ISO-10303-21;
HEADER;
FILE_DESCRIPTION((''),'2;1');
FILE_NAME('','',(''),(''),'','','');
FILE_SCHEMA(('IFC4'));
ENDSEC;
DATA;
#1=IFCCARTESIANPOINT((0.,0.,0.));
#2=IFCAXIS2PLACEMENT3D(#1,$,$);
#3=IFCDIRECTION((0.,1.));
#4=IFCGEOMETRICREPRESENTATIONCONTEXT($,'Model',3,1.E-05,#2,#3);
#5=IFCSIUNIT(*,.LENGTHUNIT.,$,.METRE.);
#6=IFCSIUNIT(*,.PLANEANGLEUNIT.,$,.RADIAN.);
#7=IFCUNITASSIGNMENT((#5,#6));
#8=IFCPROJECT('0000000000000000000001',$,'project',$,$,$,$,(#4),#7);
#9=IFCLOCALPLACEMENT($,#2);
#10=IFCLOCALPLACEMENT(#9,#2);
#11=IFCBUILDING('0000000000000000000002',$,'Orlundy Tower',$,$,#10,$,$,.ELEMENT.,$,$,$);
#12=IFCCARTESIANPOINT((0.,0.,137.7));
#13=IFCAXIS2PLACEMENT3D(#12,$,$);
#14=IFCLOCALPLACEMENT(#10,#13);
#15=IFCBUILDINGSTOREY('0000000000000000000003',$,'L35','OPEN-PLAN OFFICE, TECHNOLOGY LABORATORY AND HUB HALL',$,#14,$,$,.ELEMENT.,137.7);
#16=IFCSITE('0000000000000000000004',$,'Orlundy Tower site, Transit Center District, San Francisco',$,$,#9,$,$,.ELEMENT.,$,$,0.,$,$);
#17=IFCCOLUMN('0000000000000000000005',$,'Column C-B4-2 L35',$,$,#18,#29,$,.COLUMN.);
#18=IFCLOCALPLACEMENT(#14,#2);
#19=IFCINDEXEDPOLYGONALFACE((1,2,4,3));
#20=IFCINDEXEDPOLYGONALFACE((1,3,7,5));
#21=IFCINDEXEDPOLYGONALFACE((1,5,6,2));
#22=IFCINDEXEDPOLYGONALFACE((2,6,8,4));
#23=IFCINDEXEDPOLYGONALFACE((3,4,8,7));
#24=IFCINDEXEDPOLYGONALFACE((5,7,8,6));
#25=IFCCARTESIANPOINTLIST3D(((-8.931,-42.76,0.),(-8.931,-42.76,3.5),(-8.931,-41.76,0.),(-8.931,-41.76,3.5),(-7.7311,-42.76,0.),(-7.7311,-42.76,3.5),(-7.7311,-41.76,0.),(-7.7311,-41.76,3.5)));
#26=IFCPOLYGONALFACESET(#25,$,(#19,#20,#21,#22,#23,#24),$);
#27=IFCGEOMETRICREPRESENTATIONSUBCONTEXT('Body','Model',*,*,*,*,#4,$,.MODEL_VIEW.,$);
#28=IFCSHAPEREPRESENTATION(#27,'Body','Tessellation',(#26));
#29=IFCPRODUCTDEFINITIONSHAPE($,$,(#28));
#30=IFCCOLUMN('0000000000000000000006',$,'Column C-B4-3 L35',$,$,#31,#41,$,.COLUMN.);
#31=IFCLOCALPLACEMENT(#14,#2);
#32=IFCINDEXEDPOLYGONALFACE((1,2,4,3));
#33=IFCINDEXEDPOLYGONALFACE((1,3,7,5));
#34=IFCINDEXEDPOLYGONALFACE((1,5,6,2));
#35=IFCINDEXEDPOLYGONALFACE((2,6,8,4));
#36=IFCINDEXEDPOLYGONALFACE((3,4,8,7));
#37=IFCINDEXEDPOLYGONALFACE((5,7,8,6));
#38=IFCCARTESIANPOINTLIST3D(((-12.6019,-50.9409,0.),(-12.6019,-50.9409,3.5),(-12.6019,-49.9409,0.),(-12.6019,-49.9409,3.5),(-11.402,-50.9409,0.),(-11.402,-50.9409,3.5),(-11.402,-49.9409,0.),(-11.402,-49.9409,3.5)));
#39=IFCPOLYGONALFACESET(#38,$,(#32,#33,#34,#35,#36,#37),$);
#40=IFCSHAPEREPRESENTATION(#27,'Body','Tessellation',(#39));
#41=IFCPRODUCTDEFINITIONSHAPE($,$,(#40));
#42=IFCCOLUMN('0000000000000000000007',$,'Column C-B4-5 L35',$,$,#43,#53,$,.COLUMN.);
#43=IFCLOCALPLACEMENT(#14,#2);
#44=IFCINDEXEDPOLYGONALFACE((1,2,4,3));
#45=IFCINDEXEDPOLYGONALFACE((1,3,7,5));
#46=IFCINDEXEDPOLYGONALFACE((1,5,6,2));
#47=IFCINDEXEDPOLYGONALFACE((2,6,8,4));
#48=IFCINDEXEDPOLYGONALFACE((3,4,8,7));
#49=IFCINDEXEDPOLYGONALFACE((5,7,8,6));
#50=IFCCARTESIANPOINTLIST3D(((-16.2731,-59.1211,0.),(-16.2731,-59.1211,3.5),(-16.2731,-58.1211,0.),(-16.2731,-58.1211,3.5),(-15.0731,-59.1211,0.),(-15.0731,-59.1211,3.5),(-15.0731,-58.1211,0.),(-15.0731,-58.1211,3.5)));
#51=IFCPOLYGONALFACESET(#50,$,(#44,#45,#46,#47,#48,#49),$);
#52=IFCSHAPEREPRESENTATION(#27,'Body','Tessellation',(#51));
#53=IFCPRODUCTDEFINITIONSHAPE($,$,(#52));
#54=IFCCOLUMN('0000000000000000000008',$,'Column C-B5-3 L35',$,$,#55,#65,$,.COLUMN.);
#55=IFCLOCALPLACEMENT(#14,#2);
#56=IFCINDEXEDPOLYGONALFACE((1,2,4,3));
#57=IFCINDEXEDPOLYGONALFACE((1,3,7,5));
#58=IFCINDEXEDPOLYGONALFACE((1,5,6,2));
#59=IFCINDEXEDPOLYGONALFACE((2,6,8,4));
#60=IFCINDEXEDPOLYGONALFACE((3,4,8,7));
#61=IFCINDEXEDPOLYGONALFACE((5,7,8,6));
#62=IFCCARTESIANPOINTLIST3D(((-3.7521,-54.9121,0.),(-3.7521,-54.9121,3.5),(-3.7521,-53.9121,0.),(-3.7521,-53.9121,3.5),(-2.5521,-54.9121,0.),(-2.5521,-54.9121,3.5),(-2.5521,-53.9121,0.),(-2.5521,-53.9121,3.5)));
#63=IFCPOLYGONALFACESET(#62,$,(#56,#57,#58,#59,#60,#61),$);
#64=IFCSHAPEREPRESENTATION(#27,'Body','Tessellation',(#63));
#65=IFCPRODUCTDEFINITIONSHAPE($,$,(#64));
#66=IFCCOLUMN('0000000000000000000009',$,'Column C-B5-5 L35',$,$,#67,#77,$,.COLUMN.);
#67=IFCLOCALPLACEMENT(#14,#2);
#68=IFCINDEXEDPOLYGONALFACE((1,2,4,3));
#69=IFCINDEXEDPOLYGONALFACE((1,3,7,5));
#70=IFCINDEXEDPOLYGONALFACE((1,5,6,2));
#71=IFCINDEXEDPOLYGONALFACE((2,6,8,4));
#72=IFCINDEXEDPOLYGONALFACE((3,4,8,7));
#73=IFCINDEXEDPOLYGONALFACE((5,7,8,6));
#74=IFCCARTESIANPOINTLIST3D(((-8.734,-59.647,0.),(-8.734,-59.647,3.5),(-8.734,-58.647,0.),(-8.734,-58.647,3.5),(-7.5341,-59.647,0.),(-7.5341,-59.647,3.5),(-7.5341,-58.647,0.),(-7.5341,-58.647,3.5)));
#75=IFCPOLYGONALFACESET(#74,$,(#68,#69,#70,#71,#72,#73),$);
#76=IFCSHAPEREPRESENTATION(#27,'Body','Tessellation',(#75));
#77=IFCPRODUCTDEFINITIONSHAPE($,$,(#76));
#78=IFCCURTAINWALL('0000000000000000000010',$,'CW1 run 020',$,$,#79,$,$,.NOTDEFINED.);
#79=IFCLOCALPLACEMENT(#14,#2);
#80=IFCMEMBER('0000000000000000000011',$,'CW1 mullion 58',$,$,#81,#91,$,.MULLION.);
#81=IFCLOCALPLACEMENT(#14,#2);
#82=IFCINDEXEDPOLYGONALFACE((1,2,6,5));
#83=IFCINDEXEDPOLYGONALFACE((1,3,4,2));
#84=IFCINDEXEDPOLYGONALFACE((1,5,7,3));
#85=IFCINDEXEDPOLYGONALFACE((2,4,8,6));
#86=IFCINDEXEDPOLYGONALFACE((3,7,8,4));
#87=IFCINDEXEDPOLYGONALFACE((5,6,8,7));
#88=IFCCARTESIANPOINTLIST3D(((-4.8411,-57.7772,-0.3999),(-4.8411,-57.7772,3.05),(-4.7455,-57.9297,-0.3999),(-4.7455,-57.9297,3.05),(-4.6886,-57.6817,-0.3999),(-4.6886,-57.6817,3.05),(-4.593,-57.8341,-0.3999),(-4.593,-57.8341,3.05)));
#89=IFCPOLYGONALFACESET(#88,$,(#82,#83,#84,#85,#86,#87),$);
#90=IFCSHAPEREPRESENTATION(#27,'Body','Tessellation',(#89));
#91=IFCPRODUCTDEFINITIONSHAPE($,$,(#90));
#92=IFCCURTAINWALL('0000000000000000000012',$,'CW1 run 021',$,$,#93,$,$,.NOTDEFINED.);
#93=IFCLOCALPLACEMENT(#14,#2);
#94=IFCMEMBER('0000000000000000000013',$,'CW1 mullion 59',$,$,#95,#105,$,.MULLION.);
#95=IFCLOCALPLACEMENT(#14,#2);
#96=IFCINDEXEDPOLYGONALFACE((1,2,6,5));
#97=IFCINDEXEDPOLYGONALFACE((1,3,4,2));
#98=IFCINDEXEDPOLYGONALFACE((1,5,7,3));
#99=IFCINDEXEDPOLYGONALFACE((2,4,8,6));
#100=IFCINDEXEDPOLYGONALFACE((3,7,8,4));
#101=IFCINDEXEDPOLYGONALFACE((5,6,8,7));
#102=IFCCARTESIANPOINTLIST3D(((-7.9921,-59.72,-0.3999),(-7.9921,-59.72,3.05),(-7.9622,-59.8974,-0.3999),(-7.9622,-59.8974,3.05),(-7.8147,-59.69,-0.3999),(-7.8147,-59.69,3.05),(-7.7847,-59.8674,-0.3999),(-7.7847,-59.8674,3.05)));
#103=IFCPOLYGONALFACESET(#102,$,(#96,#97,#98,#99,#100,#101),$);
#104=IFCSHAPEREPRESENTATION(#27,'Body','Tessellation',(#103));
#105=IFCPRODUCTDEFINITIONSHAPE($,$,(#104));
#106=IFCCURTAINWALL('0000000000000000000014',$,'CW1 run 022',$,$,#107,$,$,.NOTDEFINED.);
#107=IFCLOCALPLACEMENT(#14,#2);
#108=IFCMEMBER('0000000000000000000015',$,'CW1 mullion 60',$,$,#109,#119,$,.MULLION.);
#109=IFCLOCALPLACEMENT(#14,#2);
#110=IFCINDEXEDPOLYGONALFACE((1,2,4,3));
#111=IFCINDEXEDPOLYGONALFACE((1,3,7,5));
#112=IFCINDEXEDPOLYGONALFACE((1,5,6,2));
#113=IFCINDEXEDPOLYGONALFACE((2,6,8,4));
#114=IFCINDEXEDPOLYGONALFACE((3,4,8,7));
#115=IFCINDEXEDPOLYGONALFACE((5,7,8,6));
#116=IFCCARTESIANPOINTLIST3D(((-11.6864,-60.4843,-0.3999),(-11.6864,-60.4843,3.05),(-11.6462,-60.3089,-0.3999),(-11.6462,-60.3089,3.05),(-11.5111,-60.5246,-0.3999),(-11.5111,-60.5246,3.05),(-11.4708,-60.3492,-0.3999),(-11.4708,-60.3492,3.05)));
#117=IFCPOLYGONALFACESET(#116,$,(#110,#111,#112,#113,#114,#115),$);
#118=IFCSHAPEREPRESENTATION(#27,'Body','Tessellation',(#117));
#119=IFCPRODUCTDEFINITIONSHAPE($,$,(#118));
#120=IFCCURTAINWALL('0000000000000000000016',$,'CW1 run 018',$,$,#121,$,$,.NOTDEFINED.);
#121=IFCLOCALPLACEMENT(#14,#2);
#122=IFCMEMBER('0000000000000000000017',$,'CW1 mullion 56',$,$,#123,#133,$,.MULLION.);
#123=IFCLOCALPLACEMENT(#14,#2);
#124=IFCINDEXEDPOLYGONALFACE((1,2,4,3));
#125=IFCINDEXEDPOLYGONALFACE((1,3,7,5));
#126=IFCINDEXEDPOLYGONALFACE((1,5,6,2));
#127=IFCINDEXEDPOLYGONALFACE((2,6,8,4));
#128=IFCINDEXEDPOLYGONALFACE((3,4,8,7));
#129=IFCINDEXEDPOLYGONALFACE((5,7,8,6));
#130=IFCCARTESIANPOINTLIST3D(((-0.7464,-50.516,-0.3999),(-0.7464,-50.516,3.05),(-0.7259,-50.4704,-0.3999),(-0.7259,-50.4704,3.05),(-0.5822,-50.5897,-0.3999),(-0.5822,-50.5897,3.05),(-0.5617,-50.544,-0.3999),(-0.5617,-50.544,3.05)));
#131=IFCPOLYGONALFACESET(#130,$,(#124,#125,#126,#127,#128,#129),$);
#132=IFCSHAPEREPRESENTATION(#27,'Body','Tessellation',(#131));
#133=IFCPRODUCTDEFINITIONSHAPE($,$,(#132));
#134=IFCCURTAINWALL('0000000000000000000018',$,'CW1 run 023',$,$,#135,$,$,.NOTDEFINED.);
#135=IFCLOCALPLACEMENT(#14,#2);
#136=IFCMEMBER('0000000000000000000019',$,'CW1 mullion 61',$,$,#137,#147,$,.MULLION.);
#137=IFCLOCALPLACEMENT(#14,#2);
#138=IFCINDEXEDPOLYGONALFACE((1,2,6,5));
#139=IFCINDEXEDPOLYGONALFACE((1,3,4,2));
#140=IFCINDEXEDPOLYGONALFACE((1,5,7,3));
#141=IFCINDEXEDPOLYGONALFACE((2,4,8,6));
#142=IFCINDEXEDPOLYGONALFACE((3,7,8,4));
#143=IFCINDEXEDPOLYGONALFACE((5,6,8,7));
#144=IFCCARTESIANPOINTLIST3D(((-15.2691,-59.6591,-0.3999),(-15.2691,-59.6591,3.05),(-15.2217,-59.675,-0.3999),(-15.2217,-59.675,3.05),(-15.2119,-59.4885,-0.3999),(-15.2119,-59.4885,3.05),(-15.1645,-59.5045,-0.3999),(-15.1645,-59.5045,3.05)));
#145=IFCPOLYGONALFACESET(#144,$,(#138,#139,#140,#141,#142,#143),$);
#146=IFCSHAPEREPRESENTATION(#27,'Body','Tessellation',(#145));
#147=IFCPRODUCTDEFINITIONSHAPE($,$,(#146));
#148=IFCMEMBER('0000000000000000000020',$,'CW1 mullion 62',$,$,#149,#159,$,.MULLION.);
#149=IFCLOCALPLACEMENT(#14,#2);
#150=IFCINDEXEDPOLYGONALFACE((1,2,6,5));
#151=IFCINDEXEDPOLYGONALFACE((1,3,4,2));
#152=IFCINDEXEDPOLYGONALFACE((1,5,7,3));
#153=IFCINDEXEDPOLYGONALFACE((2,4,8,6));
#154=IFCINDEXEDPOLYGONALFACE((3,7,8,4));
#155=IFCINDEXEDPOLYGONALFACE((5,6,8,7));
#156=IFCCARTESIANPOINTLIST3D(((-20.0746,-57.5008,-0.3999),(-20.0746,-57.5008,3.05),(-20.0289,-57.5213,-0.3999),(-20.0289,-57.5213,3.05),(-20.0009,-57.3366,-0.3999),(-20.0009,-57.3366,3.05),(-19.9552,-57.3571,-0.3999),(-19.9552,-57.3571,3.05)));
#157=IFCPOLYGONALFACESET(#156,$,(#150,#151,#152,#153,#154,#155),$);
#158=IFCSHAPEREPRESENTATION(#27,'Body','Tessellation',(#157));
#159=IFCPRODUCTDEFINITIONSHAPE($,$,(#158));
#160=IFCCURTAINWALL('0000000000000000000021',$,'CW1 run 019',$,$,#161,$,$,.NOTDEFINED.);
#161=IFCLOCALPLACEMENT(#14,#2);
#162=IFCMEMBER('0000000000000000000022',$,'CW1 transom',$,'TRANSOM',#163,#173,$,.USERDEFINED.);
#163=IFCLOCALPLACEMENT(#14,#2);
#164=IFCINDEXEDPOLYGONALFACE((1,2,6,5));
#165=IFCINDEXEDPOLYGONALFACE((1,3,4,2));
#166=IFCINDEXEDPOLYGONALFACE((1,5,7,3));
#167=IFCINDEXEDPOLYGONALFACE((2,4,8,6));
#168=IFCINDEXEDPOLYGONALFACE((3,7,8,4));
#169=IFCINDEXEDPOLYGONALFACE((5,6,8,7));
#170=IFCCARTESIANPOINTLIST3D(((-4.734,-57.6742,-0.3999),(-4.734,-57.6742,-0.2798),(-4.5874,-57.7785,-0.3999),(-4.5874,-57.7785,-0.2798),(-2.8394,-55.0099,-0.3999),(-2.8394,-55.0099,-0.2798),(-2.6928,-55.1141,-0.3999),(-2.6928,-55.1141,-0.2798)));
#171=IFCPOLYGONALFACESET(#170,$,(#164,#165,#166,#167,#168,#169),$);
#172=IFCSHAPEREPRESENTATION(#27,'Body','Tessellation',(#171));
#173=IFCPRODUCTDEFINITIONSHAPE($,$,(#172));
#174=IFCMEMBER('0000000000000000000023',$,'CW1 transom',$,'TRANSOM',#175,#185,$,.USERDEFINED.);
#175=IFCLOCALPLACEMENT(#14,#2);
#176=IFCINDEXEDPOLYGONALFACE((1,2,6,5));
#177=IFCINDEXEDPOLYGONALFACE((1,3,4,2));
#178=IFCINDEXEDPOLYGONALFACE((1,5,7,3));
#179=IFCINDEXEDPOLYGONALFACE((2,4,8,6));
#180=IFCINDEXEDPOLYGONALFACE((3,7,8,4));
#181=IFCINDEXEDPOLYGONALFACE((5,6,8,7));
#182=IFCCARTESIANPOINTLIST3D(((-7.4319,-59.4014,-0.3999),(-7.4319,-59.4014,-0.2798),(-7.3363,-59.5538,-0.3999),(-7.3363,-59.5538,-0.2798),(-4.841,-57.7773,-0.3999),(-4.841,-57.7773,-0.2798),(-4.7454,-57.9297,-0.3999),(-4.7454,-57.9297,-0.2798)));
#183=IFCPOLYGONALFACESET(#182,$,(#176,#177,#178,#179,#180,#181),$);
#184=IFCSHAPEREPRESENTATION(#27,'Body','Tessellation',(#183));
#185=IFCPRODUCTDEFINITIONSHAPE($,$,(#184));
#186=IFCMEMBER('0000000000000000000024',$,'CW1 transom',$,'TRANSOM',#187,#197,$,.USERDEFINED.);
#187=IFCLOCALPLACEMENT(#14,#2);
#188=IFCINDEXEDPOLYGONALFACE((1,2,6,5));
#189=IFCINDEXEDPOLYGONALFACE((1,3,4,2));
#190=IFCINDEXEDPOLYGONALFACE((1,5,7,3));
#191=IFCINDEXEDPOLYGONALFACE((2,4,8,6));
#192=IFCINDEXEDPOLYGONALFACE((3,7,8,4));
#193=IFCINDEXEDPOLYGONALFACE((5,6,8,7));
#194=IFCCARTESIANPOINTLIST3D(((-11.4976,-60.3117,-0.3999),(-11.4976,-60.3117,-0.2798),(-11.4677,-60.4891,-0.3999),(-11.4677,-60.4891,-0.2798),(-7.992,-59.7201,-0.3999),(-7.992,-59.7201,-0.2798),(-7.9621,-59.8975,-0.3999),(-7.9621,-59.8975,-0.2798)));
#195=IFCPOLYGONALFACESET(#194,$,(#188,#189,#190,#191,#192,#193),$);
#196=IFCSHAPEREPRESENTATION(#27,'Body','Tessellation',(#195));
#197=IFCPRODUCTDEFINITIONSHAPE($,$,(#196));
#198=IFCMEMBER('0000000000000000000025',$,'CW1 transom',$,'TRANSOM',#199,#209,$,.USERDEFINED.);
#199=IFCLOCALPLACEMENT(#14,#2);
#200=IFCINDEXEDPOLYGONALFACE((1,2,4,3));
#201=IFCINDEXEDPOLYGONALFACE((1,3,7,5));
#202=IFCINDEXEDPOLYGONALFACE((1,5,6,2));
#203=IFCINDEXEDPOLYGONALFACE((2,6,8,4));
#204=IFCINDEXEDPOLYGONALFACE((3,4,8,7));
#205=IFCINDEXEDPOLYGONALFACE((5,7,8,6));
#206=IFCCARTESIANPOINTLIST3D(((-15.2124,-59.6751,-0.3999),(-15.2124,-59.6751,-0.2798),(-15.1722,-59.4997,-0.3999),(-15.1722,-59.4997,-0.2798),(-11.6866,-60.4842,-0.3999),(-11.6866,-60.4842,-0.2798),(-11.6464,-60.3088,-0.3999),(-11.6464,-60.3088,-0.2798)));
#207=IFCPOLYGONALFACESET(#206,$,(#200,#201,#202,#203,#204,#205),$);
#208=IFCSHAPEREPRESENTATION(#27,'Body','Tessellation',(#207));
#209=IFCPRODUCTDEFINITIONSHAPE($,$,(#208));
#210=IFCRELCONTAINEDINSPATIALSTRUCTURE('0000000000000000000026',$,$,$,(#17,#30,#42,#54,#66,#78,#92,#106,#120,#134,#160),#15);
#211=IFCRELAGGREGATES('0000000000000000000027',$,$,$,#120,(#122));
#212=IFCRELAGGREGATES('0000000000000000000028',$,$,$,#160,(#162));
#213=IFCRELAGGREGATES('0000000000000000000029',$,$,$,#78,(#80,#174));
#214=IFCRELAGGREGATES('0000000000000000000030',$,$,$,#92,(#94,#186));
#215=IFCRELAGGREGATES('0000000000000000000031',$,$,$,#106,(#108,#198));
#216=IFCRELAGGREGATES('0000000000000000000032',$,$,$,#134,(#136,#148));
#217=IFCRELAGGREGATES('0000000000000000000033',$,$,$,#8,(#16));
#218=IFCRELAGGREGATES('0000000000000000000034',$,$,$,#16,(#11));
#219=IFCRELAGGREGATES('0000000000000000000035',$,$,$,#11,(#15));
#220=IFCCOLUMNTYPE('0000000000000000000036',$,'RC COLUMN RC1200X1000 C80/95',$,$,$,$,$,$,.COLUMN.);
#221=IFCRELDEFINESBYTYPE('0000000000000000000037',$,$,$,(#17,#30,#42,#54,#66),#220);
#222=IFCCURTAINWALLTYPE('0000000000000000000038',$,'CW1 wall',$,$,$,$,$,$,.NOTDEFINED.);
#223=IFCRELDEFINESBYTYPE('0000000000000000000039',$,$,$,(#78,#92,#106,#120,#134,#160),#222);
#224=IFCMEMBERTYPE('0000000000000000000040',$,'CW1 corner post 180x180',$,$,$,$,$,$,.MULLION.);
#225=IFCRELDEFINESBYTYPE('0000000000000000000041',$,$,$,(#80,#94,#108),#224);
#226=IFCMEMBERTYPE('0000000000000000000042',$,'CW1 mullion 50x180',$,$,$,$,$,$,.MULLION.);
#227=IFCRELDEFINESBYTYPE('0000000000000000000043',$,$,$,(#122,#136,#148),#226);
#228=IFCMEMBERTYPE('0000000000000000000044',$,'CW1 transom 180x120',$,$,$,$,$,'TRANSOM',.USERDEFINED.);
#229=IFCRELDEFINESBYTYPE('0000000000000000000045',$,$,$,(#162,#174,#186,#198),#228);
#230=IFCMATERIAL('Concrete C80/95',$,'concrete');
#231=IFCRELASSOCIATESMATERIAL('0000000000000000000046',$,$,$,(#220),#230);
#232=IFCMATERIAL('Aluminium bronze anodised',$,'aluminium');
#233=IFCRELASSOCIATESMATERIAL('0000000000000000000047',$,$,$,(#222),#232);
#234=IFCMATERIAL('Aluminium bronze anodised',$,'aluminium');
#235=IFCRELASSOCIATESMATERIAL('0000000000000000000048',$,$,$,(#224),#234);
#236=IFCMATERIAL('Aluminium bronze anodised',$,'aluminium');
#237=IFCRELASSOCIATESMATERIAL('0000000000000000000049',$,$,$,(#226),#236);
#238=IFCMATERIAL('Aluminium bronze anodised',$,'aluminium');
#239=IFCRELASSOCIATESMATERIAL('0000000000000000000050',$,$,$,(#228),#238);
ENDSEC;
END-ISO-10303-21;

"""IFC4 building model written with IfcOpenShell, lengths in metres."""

from ifc_helpers import new_model, si_unit, direction, frame, origin, origin_2d, place, context, subcontext, project, spatial, rectangle, extrude, material, material_profile, profile_set, type_object, element, aggregate, save


model = new_model("IFC4")

# Units and contexts
model_context = context("Model", 3, precision=1e-05, world=origin(), true_north=direction((0.0, 1.0)))
body_context = subcontext(model_context, "Body", "Model", "MODEL_VIEW")
ifc_project = project(units=[si_unit("LENGTHUNIT", "METRE"), si_unit("PLANEANGLEUNIT", "RADIAN")], contexts=[model_context])

# Site, building, storey
site_placement = place(None, origin())
site = spatial("IfcSite", under=ifc_project, at=site_placement, Name="Orlundy Tower site, Transit Center District, San Francisco", CompositionType="ELEMENT", RefElevation=0.0)
building_placement = place(site_placement, origin())
building = spatial("IfcBuilding", under=site, at=building_placement, Name="Orlundy Tower", CompositionType="ELEMENT")
storey_placement = place(building_placement, frame((0.0, 0.0, 137.7)))
storey = spatial("IfcBuildingStorey", under=building, at=storey_placement, Name="L35", Description="OPEN-PLAN OFFICE, TECHNOLOGY LABORATORY AND HUB HALL", CompositionType="ELEMENT", Elevation=137.7)

# Columns
ifc_material_1 = material(Name="Concrete C80/95", Category="concrete")
ifc_material_profile_1 = material_profile(ifc_material_1, rectangle(XDim=1.2, YDim=1.0, at=origin_2d()), Name="RC1200X1000")
ifc_profile_set_1 = profile_set([ifc_material_profile_1], Name="Concrete C80/95")
column_type = type_object("IfcColumnType", Name="RC COLUMN RC1200X1000 C80/95", PredefinedType="COLUMN", material=ifc_profile_set_1)
for number, where, z_axis, x_axis, name in (
    (1, (-8.3311, -42.26, 0.0), (0.0, 0.0, 1.0), (1.0, 0.0, 0.0), "Column C-B4-2 L35"),
    (2, (-12.002, -50.4409, 0.0), (0.0, 0.0, 1.0), (1.0, 0.0, 0.0), "Column C-B4-3 L35"),
    (3, (-15.6731, -58.6211, 0.0), (0.0, 0.0, 1.0), (1.0, 0.0, 0.0), "Column C-B4-5 L35"),
    (4, (-3.1521, -54.4121, 0.0), (0.0, 0.0, 1.0), (1.0, 0.0, 0.0), "Column C-B5-3 L35"),
    (5, (-8.134, -59.147, 0.0), (0.0, 0.0, 1.0), (1.0, 0.0, 0.0), "Column C-B5-5 L35"),
):
    element("IfcColumn", number, at=place(storey_placement, frame(where, z_axis=z_axis, x_axis=x_axis)), inside=storey, type_object=column_type, Name=name, PredefinedType="COLUMN", context=body_context, shape_type="SweptSolid", body=[
        extrude(rectangle(XDim=1.2, YDim=1.0, at=origin_2d()), origin(), (0.0, 0.0, 1.0), 3.5),
    ])

# Curtain walls, members
ifc_material_2 = material(Name="Aluminium bronze anodised", Category="aluminium")
curtain_wall_type = type_object("IfcCurtainWallType", Name="CW1 wall", PredefinedType="NOTDEFINED", material=ifc_material_2)
curtain_wall_1_placement = place(storey_placement, origin())
curtain_wall_1 = element("IfcCurtainWall", 6, at=curtain_wall_1_placement, inside=storey, type_object=curtain_wall_type, Name="CW1 run 020", PredefinedType="NOTDEFINED")
ifc_material_3 = material(Name="Aluminium bronze anodised", Category="aluminium")
ifc_material_profile_2 = material_profile(ifc_material_3, rectangle(XDim=0.1799, YDim=0.1799, at=origin_2d()), Name="CW1 corner post 180x180")
ifc_profile_set_2 = profile_set([ifc_material_profile_2], Name="Aluminium bronze anodised")
member_type_1 = type_object("IfcMemberType", Name="CW1 corner post 180x180", PredefinedType="MULLION", material=ifc_profile_set_2)
member_1_placement = place(storey_placement, frame((-4.717, -57.8057, -0.3999), z_axis=(0.0, 0.0, 1.0), x_axis=(0.531138, -0.847285, 0.0)))
member_1 = element("IfcMember", 7, at=member_1_placement, type_object=member_type_1, Name="CW1 mullion 58", PredefinedType="MULLION", context=body_context, shape_type="SweptSolid", body=[
    extrude(rectangle(XDim=0.1799, YDim=0.1799, at=origin_2d()), origin(), (0.0, 0.0, 1.0), 3.45),
])
curtain_wall_2_placement = place(storey_placement, origin())
curtain_wall_2 = element("IfcCurtainWall", 8, at=curtain_wall_2_placement, inside=storey, type_object=curtain_wall_type, Name="CW1 run 021", PredefinedType="NOTDEFINED")
member_2_placement = place(storey_placement, frame((-7.8884, -59.7937, -0.3999), z_axis=(0.0, 0.0, 1.0), x_axis=(0.166455, -0.986049, 0.0)))
member_2 = element("IfcMember", 9, at=member_2_placement, type_object=member_type_1, Name="CW1 mullion 59", PredefinedType="MULLION", context=body_context, shape_type="SweptSolid", body=[
    extrude(rectangle(XDim=0.1799, YDim=0.1799, at=origin_2d()), origin(), (0.0, 0.0, 1.0), 3.45),
])
curtain_wall_3_placement = place(storey_placement, origin())
curtain_wall_3 = element("IfcCurtainWall", 10, at=curtain_wall_3_placement, inside=storey, type_object=curtain_wall_type, Name="CW1 run 022", PredefinedType="NOTDEFINED")
member_3_placement = place(storey_placement, frame((-11.5786, -60.4167, -0.3999), z_axis=(0.0, 0.0, 1.0), x_axis=(-0.223697, -0.974659, 0.0)))
member_3 = element("IfcMember", 11, at=member_3_placement, type_object=member_type_1, Name="CW1 mullion 60", PredefinedType="MULLION", context=body_context, shape_type="SweptSolid", body=[
    extrude(rectangle(XDim=0.1799, YDim=0.1799, at=origin_2d()), origin(), (0.0, 0.0, 1.0), 3.45),
])
curtain_wall_4_placement = place(storey_placement, origin())
curtain_wall_4 = element("IfcCurtainWall", 12, at=curtain_wall_4_placement, inside=storey, type_object=curtain_wall_type, Name="CW1 run 018", PredefinedType="NOTDEFINED")
ifc_material_4 = material(Name="Aluminium bronze anodised", Category="aluminium")
ifc_material_profile_3 = material_profile(ifc_material_4, rectangle(XDim=0.1799, YDim=0.05, at=origin_2d()), Name="CW1 mullion 50x180")
ifc_profile_set_3 = profile_set([ifc_material_profile_3], Name="Aluminium bronze anodised")
member_type_2 = type_object("IfcMemberType", Name="CW1 mullion 50x180", PredefinedType="MULLION", material=ifc_profile_set_3)
member_4_placement = place(storey_placement, frame((-0.6541, -50.53, -0.3999), z_axis=(0.0, 0.0, 1.0), x_axis=(0.912353, -0.409405, 0.0)))
member_4 = element("IfcMember", 13, at=member_4_placement, type_object=member_type_2, Name="CW1 mullion 56", PredefinedType="MULLION", context=body_context, shape_type="SweptSolid", body=[
    extrude(rectangle(XDim=0.1799, YDim=0.05, at=origin_2d()), origin(), (0.0, 0.0, 1.0), 3.45),
])

# Curtain wall, members
curtain_wall_5_placement = place(storey_placement, origin())
curtain_wall_5 = element("IfcCurtainWall", 14, at=curtain_wall_5_placement, inside=storey, type_object=curtain_wall_type, Name="CW1 run 023", PredefinedType="NOTDEFINED")
member_5_placement = place(storey_placement, frame((-15.2168, -59.5818, -0.3999), z_axis=(0.0, 0.0, 1.0), x_axis=(-0.318064, -0.948069, 0.0)))
member_5 = element("IfcMember", 15, at=member_5_placement, type_object=member_type_2, Name="CW1 mullion 61", PredefinedType="MULLION", context=body_context, shape_type="SweptSolid", body=[
    extrude(rectangle(XDim=0.1799, YDim=0.05, at=origin_2d()), origin(), (0.0, 0.0, 1.0), 3.45),
])
member_6_placement = place(storey_placement, frame((-20.0149, -57.429, -0.3999), z_axis=(0.0, 0.0, 1.0), x_axis=(-0.409374, -0.912366, 0.0)))
member_6 = element("IfcMember", 16, at=member_6_placement, type_object=member_type_2, Name="CW1 mullion 62", PredefinedType="MULLION", context=body_context, shape_type="SweptSolid", body=[
    extrude(rectangle(XDim=0.1799, YDim=0.05, at=origin_2d()), origin(), (0.0, 0.0, 1.0), 3.45),
])

# Curtain wall, member
curtain_wall_6_placement = place(storey_placement, origin())
curtain_wall_6 = element("IfcCurtainWall", 17, at=curtain_wall_6_placement, inside=storey, type_object=curtain_wall_type, Name="CW1 run 019", PredefinedType="NOTDEFINED")
ifc_material_5 = material(Name="Aluminium bronze anodised", Category="aluminium")
ifc_material_profile_4 = material_profile(ifc_material_5, rectangle(XDim=0.1799, YDim=0.1201, at=origin_2d()), Name="CW1 transom 180x120")
ifc_profile_set_4 = profile_set([ifc_material_profile_4], Name="Aluminium bronze anodised")
member_type_3 = type_object("IfcMemberType", Name="CW1 transom 180x120", ElementType="TRANSOM", PredefinedType="USERDEFINED", material=ifc_profile_set_4)
member_7_placement = place(storey_placement, frame((-2.7661, -55.062, -0.3398), z_axis=(-0.579506, -0.814968, 0.0), x_axis=(0.814968, -0.579506, 0.0)))
member_7 = element("IfcMember", 18, at=member_7_placement, type_object=member_type_3, Name="CW1 transom", ObjectType="TRANSOM", PredefinedType="USERDEFINED", context=body_context, shape_type="SweptSolid", body=[
    extrude(rectangle(XDim=0.1799, YDim=0.1201, at=origin_2d()), origin(), (0.0, 0.0, 1.0), 3.2693),
])

# Members
member_8_placement = place(storey_placement, frame((-4.7932, -57.8535, -0.3398), z_axis=(-0.847298, -0.531118, 0.0), x_axis=(0.531118, -0.847298, 0.0)))
member_8 = element("IfcMember", 19, at=member_8_placement, type_object=member_type_3, Name="CW1 transom", ObjectType="TRANSOM", PredefinedType="USERDEFINED", context=body_context, shape_type="SweptSolid", body=[
    extrude(rectangle(XDim=0.1799, YDim=0.1201, at=origin_2d()), origin(), (0.0, 0.0, 1.0), 3.0579),
])
member_9_placement = place(storey_placement, frame((-7.9771, -59.8088, -0.3398), z_axis=(-0.98606, -0.166392, 0.0), x_axis=(0.166392, -0.98606, 0.0)))
member_9 = element("IfcMember", 20, at=member_9_placement, type_object=member_type_3, Name="CW1 transom", ObjectType="TRANSOM", PredefinedType="USERDEFINED", context=body_context, shape_type="SweptSolid", body=[
    extrude(rectangle(XDim=0.1799, YDim=0.1201, at=origin_2d()), origin(), (0.0, 0.0, 1.0), 3.5552),
])
member_10_placement = place(storey_placement, frame((-11.6665, -60.3965, -0.3398), z_axis=(-0.974668, 0.223657, 0.0), x_axis=(-0.223657, -0.974668, 0.0)))
member_10 = element("IfcMember", 21, at=member_10_placement, type_object=member_type_3, Name="CW1 transom", ObjectType="TRANSOM", PredefinedType="USERDEFINED", context=body_context, shape_type="SweptSolid", body=[
    extrude(rectangle(XDim=0.1799, YDim=0.1201, at=origin_2d()), origin(), (0.0, 0.0, 1.0), 3.6174),
])

aggregate(curtain_wall_4, [member_4])
aggregate(curtain_wall_6, [member_7])
aggregate(curtain_wall_1, [member_1, member_8])
aggregate(curtain_wall_2, [member_2, member_9])
aggregate(curtain_wall_3, [member_3, member_10])
aggregate(curtain_wall_5, [member_5, member_6])

save(model, "model.ifc")
